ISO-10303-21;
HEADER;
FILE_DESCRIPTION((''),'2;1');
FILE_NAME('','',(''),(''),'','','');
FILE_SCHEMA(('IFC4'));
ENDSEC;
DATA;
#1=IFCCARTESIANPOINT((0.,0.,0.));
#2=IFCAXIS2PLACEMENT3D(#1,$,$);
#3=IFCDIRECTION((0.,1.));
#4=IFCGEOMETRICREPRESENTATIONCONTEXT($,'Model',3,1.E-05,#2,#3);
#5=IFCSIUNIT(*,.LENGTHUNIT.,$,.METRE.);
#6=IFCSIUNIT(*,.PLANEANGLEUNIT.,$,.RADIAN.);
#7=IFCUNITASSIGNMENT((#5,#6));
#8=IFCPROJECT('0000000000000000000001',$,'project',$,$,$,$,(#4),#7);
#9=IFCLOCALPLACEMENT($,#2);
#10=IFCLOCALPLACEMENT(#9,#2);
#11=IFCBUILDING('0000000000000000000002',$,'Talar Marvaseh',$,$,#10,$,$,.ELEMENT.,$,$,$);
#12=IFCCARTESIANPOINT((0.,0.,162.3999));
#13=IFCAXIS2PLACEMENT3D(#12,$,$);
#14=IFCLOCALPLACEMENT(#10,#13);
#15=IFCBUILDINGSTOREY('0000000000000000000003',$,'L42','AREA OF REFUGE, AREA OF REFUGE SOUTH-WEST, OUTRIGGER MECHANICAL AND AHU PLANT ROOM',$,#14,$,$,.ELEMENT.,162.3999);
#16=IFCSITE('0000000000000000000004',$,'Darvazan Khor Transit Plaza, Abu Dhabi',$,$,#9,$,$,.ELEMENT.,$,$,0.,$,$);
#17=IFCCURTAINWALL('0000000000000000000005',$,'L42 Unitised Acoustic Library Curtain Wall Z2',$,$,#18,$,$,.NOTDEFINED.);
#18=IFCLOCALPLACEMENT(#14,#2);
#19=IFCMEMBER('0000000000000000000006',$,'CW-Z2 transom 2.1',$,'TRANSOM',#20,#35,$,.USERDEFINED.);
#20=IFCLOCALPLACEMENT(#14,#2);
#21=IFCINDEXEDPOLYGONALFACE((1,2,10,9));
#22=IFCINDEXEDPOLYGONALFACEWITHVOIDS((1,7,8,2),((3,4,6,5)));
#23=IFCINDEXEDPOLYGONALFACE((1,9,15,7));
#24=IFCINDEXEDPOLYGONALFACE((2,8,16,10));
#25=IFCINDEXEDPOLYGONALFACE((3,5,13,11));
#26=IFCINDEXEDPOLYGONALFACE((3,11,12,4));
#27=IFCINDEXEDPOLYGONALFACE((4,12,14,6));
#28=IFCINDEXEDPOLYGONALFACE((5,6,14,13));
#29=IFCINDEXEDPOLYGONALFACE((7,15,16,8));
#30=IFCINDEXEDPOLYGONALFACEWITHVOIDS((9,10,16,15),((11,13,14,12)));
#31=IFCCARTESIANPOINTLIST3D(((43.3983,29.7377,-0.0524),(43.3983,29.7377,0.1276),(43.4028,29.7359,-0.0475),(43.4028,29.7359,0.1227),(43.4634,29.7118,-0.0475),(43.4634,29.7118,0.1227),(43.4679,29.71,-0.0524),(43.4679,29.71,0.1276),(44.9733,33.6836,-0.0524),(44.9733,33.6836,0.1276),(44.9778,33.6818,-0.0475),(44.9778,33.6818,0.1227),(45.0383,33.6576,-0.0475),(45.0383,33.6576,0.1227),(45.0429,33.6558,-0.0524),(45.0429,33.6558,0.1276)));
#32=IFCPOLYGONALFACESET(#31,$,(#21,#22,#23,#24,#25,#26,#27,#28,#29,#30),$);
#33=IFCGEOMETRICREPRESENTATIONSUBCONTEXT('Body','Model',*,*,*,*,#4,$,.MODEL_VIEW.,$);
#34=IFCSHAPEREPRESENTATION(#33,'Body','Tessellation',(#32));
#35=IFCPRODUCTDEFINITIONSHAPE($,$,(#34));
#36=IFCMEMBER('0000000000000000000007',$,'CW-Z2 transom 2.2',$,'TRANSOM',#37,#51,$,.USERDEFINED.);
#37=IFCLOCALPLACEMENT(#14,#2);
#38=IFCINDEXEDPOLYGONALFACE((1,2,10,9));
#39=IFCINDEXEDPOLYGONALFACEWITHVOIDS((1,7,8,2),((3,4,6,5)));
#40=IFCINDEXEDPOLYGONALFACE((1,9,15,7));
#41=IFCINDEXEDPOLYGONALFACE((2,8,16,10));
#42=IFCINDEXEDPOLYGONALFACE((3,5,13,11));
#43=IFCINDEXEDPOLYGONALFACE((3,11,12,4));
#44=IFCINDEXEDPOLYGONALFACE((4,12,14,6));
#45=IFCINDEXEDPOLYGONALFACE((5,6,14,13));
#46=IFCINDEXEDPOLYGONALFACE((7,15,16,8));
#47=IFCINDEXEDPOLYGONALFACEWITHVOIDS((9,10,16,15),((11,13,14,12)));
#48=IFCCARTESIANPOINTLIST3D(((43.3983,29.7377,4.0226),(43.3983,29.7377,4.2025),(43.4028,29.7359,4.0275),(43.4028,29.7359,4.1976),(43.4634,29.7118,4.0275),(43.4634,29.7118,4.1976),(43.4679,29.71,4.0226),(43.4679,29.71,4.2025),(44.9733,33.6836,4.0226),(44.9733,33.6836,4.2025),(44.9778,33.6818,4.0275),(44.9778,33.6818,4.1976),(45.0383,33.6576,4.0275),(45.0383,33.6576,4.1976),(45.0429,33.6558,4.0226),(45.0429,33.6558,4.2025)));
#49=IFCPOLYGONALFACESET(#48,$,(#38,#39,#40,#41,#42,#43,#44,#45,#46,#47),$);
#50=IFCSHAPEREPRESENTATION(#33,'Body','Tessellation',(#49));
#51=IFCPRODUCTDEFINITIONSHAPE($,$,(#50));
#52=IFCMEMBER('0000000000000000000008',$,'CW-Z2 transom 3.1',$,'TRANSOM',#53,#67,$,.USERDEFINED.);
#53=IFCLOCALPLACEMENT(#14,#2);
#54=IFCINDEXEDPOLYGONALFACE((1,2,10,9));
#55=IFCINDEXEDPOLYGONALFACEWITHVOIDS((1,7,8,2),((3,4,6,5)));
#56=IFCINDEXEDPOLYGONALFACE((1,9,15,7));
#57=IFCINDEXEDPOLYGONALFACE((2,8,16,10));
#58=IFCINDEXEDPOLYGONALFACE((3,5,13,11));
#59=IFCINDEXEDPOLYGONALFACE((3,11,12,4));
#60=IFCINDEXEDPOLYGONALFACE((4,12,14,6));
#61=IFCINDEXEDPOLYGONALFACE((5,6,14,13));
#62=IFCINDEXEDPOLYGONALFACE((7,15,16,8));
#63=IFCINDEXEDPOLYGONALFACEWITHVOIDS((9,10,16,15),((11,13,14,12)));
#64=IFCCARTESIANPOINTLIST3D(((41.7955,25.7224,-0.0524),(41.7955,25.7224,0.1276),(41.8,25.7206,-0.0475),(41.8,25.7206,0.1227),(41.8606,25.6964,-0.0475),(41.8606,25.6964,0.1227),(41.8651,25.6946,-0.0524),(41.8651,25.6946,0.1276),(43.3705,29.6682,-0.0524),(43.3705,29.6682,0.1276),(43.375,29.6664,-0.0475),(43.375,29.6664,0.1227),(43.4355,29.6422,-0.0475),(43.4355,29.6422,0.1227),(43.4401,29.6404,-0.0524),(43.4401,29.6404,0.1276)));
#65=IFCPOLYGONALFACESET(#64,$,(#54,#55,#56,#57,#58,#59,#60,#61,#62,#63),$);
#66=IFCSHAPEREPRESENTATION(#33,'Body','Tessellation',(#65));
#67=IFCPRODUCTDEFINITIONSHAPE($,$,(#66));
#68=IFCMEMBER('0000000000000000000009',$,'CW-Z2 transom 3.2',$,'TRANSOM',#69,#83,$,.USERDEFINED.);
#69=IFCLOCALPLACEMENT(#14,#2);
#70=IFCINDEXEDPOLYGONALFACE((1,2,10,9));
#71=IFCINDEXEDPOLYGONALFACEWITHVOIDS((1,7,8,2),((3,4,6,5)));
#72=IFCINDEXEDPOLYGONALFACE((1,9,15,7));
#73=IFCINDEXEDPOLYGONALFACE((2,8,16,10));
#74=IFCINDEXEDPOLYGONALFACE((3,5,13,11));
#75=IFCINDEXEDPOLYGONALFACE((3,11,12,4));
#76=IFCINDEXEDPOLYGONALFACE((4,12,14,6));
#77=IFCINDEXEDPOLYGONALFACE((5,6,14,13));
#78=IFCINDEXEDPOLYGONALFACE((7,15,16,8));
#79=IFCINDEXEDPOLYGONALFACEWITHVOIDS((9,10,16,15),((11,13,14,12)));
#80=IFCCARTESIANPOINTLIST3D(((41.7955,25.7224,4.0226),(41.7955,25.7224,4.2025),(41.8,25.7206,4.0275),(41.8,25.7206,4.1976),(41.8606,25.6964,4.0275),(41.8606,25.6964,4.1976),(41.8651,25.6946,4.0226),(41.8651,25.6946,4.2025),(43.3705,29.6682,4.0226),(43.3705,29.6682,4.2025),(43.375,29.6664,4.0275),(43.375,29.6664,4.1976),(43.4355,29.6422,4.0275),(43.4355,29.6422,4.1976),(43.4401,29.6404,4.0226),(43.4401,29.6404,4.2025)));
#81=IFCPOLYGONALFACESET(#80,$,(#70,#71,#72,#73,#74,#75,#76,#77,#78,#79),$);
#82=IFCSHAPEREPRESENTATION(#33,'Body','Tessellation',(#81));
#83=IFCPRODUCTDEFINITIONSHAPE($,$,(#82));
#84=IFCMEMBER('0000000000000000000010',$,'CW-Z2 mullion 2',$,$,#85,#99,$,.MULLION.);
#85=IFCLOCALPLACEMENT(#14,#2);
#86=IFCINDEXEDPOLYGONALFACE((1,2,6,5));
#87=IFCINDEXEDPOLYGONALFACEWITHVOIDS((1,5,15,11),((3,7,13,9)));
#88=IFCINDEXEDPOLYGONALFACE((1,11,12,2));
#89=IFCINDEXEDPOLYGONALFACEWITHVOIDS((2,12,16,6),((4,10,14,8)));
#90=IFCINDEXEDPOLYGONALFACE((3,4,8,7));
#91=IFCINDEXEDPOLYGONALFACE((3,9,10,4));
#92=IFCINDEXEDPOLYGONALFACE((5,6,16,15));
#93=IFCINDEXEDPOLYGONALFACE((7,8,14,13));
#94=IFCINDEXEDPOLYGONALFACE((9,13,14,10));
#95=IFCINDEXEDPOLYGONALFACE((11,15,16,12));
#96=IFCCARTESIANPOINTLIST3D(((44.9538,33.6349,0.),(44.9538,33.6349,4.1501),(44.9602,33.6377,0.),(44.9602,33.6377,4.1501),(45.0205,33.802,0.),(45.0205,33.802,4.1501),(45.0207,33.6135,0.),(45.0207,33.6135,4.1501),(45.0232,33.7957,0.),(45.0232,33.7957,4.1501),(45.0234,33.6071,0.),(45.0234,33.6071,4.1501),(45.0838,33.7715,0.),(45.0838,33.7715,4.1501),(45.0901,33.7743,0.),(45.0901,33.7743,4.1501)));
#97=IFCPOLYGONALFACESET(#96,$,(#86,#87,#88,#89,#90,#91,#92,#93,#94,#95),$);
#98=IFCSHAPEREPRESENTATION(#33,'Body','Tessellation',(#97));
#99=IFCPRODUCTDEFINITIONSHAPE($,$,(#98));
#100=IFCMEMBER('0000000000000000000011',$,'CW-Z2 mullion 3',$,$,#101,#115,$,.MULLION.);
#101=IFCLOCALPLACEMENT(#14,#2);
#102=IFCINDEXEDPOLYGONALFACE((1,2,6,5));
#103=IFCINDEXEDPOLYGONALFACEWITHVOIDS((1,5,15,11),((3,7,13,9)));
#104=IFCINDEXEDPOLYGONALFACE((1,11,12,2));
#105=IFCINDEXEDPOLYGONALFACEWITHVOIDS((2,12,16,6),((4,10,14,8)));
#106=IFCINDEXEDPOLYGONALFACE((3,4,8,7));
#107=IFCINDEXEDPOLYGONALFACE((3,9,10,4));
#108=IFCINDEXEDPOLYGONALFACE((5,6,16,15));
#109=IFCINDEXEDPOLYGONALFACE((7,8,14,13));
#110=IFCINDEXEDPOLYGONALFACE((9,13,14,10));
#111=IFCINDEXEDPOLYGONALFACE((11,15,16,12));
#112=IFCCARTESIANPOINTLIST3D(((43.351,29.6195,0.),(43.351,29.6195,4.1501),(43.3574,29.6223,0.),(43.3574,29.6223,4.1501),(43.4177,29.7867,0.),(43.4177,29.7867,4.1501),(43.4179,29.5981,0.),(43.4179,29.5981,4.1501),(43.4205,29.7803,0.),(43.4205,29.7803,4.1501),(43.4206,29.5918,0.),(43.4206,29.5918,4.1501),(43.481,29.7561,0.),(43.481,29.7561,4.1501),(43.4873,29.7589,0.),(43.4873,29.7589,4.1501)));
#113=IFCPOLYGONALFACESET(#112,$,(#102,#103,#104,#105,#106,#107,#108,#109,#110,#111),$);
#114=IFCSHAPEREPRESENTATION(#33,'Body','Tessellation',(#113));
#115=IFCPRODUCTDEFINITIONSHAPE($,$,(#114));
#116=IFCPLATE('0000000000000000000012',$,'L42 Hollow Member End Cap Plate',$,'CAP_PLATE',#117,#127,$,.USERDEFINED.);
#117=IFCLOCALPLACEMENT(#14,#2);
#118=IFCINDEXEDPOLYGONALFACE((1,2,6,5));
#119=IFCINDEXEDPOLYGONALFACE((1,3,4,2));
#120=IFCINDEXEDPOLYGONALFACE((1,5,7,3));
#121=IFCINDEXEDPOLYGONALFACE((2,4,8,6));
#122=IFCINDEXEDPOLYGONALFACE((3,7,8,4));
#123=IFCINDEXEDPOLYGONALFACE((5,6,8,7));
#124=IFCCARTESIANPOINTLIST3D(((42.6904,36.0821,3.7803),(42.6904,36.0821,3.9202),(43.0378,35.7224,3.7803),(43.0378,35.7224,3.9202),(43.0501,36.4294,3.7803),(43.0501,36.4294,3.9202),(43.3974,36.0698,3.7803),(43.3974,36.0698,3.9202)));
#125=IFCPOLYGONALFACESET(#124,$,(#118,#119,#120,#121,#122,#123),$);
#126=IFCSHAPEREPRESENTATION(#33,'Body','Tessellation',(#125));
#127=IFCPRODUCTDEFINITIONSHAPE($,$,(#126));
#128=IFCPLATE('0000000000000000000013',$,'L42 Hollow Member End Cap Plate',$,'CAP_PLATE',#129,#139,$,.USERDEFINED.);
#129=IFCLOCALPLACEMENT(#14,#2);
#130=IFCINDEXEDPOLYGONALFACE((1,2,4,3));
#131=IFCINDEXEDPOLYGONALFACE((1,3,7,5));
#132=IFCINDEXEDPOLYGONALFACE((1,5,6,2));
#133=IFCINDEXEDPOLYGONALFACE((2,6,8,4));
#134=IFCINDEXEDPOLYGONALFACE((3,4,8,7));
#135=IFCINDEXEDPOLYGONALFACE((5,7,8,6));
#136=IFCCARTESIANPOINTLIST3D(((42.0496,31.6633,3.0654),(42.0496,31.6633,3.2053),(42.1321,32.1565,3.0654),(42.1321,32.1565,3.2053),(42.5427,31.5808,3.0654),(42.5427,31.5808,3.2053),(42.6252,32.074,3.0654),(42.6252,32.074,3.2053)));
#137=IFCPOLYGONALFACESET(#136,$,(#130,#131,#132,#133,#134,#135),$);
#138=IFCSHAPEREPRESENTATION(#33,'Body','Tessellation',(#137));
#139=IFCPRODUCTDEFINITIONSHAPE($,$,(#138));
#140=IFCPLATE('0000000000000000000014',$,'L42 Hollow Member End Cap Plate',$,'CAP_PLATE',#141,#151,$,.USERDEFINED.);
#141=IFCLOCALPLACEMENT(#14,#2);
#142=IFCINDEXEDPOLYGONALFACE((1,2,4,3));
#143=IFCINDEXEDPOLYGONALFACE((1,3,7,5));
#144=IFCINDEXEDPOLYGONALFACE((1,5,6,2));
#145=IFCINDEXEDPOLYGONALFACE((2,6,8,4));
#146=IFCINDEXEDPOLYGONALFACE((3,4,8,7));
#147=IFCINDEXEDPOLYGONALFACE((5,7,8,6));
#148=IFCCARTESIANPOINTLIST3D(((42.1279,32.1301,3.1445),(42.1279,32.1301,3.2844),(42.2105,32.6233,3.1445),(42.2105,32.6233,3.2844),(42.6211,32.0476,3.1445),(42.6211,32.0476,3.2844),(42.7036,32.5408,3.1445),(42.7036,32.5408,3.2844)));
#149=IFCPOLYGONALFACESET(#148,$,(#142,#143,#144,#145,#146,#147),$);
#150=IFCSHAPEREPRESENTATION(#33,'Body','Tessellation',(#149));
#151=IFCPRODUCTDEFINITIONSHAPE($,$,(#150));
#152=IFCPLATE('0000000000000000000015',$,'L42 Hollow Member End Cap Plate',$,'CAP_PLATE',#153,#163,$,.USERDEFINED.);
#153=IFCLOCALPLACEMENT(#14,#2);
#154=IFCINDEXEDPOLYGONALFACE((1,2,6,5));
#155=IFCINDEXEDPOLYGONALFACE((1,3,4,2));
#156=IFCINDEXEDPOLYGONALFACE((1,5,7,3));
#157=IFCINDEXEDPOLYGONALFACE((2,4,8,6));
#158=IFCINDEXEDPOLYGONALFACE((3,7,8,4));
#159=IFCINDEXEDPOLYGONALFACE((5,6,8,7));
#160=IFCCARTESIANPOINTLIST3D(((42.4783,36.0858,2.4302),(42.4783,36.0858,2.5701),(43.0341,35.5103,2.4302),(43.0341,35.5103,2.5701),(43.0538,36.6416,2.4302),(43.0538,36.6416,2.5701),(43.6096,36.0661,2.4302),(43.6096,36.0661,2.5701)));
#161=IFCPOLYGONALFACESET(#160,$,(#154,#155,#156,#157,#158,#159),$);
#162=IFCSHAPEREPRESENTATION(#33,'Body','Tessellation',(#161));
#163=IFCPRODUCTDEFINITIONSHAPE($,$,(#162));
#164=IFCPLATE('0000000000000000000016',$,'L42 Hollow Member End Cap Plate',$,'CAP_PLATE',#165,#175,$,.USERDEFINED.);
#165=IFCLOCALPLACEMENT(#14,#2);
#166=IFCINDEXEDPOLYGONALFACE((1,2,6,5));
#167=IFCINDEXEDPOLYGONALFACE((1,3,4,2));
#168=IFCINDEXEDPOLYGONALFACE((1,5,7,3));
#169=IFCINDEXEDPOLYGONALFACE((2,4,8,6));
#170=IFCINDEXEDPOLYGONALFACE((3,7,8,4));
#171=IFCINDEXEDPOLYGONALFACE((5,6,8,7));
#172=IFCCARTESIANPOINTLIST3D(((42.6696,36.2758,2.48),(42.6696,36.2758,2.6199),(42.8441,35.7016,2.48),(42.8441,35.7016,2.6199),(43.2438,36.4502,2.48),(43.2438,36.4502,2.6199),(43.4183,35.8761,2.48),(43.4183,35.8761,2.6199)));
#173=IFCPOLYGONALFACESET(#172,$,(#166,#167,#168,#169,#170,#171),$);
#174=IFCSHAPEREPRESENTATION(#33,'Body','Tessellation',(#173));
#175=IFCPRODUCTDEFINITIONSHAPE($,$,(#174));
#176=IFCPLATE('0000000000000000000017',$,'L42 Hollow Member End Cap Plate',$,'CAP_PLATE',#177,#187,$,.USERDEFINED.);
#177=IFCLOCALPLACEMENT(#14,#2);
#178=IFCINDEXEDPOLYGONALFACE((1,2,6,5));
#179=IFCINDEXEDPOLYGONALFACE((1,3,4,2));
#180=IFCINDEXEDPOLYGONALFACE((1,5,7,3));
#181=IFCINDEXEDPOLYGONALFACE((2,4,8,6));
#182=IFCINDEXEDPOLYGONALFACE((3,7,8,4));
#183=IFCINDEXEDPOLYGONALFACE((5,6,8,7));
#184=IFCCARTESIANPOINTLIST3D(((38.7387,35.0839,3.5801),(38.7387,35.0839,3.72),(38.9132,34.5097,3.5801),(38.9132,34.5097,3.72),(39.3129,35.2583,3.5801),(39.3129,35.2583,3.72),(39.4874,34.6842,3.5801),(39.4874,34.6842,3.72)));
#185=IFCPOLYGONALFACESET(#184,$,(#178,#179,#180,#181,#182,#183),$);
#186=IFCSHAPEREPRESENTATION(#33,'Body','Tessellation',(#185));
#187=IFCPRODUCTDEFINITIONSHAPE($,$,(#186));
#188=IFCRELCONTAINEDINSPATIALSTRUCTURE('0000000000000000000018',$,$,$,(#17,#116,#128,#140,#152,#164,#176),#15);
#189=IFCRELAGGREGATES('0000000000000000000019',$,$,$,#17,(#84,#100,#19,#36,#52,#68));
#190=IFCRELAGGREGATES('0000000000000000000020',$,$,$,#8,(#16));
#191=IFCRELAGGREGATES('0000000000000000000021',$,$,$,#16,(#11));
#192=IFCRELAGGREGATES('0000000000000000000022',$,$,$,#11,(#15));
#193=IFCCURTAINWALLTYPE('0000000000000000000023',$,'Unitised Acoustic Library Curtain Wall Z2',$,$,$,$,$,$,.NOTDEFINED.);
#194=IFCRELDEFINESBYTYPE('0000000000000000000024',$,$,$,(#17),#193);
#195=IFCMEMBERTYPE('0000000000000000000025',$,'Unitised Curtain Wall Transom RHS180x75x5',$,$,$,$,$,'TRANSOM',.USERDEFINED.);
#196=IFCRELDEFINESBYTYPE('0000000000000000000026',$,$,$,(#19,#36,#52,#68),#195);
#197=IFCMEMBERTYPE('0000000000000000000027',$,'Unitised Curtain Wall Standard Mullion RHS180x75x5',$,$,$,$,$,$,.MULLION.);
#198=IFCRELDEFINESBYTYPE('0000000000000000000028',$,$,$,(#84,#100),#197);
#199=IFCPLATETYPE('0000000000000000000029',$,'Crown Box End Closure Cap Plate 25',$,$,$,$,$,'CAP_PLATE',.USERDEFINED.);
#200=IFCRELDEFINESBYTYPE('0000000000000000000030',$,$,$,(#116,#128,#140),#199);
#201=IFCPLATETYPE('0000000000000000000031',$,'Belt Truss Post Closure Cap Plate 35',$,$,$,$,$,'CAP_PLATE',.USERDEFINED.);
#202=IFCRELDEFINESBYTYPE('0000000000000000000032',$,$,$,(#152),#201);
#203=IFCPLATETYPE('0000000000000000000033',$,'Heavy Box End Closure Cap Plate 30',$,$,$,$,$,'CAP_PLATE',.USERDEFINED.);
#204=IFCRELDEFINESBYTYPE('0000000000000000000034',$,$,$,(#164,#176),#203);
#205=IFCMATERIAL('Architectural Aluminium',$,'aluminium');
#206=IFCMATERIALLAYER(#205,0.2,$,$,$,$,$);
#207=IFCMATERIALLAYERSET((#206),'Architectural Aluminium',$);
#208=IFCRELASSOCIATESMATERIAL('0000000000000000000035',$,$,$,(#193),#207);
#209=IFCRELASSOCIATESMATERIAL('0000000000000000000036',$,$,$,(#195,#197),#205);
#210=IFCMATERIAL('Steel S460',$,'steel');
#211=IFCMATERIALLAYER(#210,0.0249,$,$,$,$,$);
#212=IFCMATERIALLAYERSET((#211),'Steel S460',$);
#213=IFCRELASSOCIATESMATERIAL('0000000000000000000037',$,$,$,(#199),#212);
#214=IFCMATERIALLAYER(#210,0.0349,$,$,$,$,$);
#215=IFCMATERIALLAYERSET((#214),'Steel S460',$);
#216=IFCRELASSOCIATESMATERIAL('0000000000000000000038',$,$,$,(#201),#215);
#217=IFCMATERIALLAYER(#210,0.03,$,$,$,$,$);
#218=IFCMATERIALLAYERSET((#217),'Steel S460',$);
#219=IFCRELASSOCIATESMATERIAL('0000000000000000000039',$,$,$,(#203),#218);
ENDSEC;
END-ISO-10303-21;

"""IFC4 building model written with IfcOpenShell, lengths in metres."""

from ifc_helpers import new_model, si_unit, direction, frame, origin, origin_2d, place, context, subcontext, project, spatial, rectangle, hollow_rectangle, extrude, source, transform, mapped, material, layer, layer_set, material_profile, profile_set, type_object, type_shapes, element, aggregate, save


model = new_model("IFC4")

# Units and contexts
model_context = context("Model", 3, precision=1e-05, world=origin(), true_north=direction((0.0, 1.0)))
body_context = subcontext(model_context, "Body", "Model", "MODEL_VIEW")
ifc_project = project(units=[si_unit("LENGTHUNIT", "METRE"), si_unit("PLANEANGLEUNIT", "RADIAN")], contexts=[model_context])

# Site, building, storey
site_placement = place(None, origin())
site = spatial("IfcSite", under=ifc_project, at=site_placement, Name="Darvazan Khor Transit Plaza, Abu Dhabi", CompositionType="ELEMENT", RefElevation=0.0)
building_placement = place(site_placement, origin())
building = spatial("IfcBuilding", under=site, at=building_placement, Name="Talar Marvaseh", CompositionType="ELEMENT")
storey_placement = place(building_placement, frame((0.0, 0.0, 162.3999)))
storey = spatial("IfcBuildingStorey", under=building, at=storey_placement, Name="L42", Description="AREA OF REFUGE, AREA OF REFUGE SOUTH-WEST, OUTRIGGER MECHANICAL AND AHU PLANT ROOM", CompositionType="ELEMENT", Elevation=162.3999)

# Shared definitions
ifc_material_1 = material(Name="Steel S460", Category="steel")

# Curtain wall, members
ifc_material_2 = material(Name="Architectural Aluminium", Category="aluminium")
ifc_layer_1 = layer(ifc_material_2, 0.2)
ifc_layer_set_1 = layer_set([ifc_layer_1], Name="Architectural Aluminium")
curtain_wall_type = type_object("IfcCurtainWallType", Name="Unitised Acoustic Library Curtain Wall Z2", PredefinedType="NOTDEFINED", material=ifc_layer_set_1)
curtain_wall_placement = place(storey_placement, origin())
curtain_wall = element("IfcCurtainWall", 1, at=curtain_wall_placement, inside=storey, type_object=curtain_wall_type, Name="L42 Unitised Acoustic Library Curtain Wall Z2", PredefinedType="NOTDEFINED")
ifc_material_profile_1 = material_profile(ifc_material_2, hollow_rectangle(XDim=0.075, YDim=0.1799, WallThickness=0.0049, at=origin_2d()), Name="RHS180x75x5")
ifc_profile_set_1 = profile_set([ifc_material_profile_1], Name="Architectural Aluminium")
member_type_1 = type_object("IfcMemberType", Name="Unitised Curtain Wall Transom RHS180x75x5", ElementType="TRANSOM", PredefinedType="USERDEFINED", material=ifc_profile_set_1)
shared_shape_1 = source(origin(), body_context, "Body", "SweptSolid", [
    extrude(hollow_rectangle(XDim=0.075, YDim=0.1799, WallThickness=0.0049, at=origin_2d()), origin(), (0.0, 0.0, 1.0), 4.2485),
])
type_shapes(member_type_1, [shared_shape_1])
member_1_placement = place(storey_placement, frame((45.0081, 33.6697, 0.0376), z_axis=(-0.370707, -0.92875, 0.0), x_axis=(0.92875, -0.370707, 0.0)))
member_1 = element("IfcMember", 2, at=member_1_placement, type_object=member_type_1, Name="CW-Z2 transom 2.1", ObjectType="TRANSOM", PredefinedType="USERDEFINED", context=body_context, shape_type="MappedRepresentation", body=[
    mapped(shared_shape_1, transform((0.0, 0.0, 0.0), x_axis=(1.0, 0.0, 0.0), y_axis=(0.0, 1.0, 0.0), z_axis=(0.0, 0.0, 1.0), scale=1.0)),
])
member_2_placement = place(storey_placement, frame((45.0081, 33.6697, 4.1125), z_axis=(-0.370707, -0.92875, 0.0), x_axis=(0.92875, -0.370707, 0.0)))
member_2 = element("IfcMember", 3, at=member_2_placement, type_object=member_type_1, Name="CW-Z2 transom 2.2", ObjectType="TRANSOM", PredefinedType="USERDEFINED", context=body_context, shape_type="MappedRepresentation", body=[
    mapped(shared_shape_1, transform((0.0, 0.0, 0.0), x_axis=(1.0, 0.0, 0.0), y_axis=(0.0, 1.0, 0.0), z_axis=(0.0, 0.0, 1.0), scale=1.0)),
])
member_3_placement = place(storey_placement, frame((43.4053, 29.6543, 0.0376), z_axis=(-0.370707, -0.92875, 0.0), x_axis=(0.92875, -0.370707, 0.0)))
member_3 = element("IfcMember", 4, at=member_3_placement, type_object=member_type_1, Name="CW-Z2 transom 3.1", ObjectType="TRANSOM", PredefinedType="USERDEFINED", context=body_context, shape_type="MappedRepresentation", body=[
    mapped(shared_shape_1, transform((0.0, 0.0, 0.0), x_axis=(1.0, 0.0, 0.0), y_axis=(0.0, 1.0, 0.0), z_axis=(0.0, 0.0, 1.0), scale=1.0)),
])
member_4_placement = place(storey_placement, frame((43.4053, 29.6543, 4.1125), z_axis=(-0.370707, -0.92875, 0.0), x_axis=(0.92875, -0.370707, 0.0)))
member_4 = element("IfcMember", 5, at=member_4_placement, type_object=member_type_1, Name="CW-Z2 transom 3.2", ObjectType="TRANSOM", PredefinedType="USERDEFINED", context=body_context, shape_type="MappedRepresentation", body=[
    mapped(shared_shape_1, transform((0.0, 0.0, 0.0), x_axis=(1.0, 0.0, 0.0), y_axis=(0.0, 1.0, 0.0), z_axis=(0.0, 0.0, 1.0), scale=1.0)),
])
ifc_material_profile_2 = material_profile(ifc_material_2, hollow_rectangle(XDim=0.075, YDim=0.1799, WallThickness=0.0049, at=origin_2d()), Name="RHS180x75x5")
ifc_profile_set_2 = profile_set([ifc_material_profile_2], Name="Architectural Aluminium")
member_type_2 = type_object("IfcMemberType", Name="Unitised Curtain Wall Standard Mullion RHS180x75x5", PredefinedType="MULLION", material=ifc_profile_set_2)
shared_shape_2 = source(origin(), body_context, "Body", "SweptSolid", [
    extrude(hollow_rectangle(XDim=0.075, YDim=0.1799, WallThickness=0.0049, at=origin_2d()), origin(), (0.0, 0.0, 1.0), 4.1501),
])
type_shapes(member_type_2, [shared_shape_2])
member_5_placement = place(storey_placement, frame((45.022, 33.7046, 0.0), z_axis=(0.0, 0.0, 1.0), x_axis=(0.928752, -0.370702, 0.0)))
member_5 = element("IfcMember", 6, at=member_5_placement, type_object=member_type_2, Name="CW-Z2 mullion 2", PredefinedType="MULLION", context=body_context, shape_type="MappedRepresentation", body=[
    mapped(shared_shape_2, transform((0.0, 0.0, 0.0), x_axis=(1.0, 0.0, 0.0), y_axis=(0.0, 1.0, 0.0), z_axis=(0.0, 0.0, 1.0), scale=1.0)),
])
member_6_placement = place(storey_placement, frame((43.4192, 29.6892, 0.0), z_axis=(0.0, 0.0, 1.0), x_axis=(0.928752, -0.370702, 0.0)))
member_6 = element("IfcMember", 7, at=member_6_placement, type_object=member_type_2, Name="CW-Z2 mullion 3", PredefinedType="MULLION", context=body_context, shape_type="MappedRepresentation", body=[
    mapped(shared_shape_2, transform((0.0, 0.0, 0.0), x_axis=(1.0, 0.0, 0.0), y_axis=(0.0, 1.0, 0.0), z_axis=(0.0, 0.0, 1.0), scale=1.0)),
])

# Plates
ifc_layer_2 = layer(ifc_material_1, 0.0249)
ifc_layer_set_2 = layer_set([ifc_layer_2], Name="Steel S460")
plate_type_1 = type_object("IfcPlateType", Name="Crown Box End Closure Cap Plate 25", ElementType="CAP_PLATE", PredefinedType="USERDEFINED", material=ifc_layer_set_2)
shared_shape_3 = source(origin(), body_context, "Body", "SweptSolid", [
    extrude(rectangle(XDim=0.5, YDim=0.5, at=origin_2d()), origin(), (0.0, 0.0, 1.0), 0.1399),
])
type_shapes(plate_type_1, [shared_shape_3])
for number, where, z_axis, x_axis, name in (
    (8, (43.0439, 36.0759, 3.7803), (0.0, 0.0, 1.0), (0.694658, -0.71934, 0.0), "L42 Hollow Member End Cap Plate"),
    (9, (42.3374, 31.8687, 3.0654), (0.0, 0.0, 1.0), (0.165048, 0.986286, 0.0), "L42 Hollow Member End Cap Plate"),
    (10, (42.4158, 32.3354, 3.1445), (0.0, 0.0, 1.0), (0.165048, 0.986286, 0.0), "L42 Hollow Member End Cap Plate"),
):
    element("IfcPlate", number, at=place(storey_placement, frame(where, z_axis=z_axis, x_axis=x_axis)), inside=storey, type_object=plate_type_1, Name=name, ObjectType="CAP_PLATE", PredefinedType="USERDEFINED", context=body_context, shape_type="MappedRepresentation", body=[
        mapped(shared_shape_3, transform((0.0, 0.0, 0.0), x_axis=(1.0, 0.0, 0.0), y_axis=(0.0, 1.0, 0.0), z_axis=(0.0, 0.0, 1.0), scale=1.0)),
    ])
ifc_layer_3 = layer(ifc_material_1, 0.0349)
ifc_layer_set_3 = layer_set([ifc_layer_3], Name="Steel S460")
plate_type_2 = type_object("IfcPlateType", Name="Belt Truss Post Closure Cap Plate 35", ElementType="CAP_PLATE", PredefinedType="USERDEFINED", material=ifc_layer_set_3)
shared_shape_4 = source(origin(), body_context, "Body", "SweptSolid", [
    extrude(rectangle(XDim=0.8, YDim=0.8, at=origin_2d()), origin(), (0.0, 0.0, 1.0), 0.1399),
])
plate_1_placement = place(storey_placement, frame((43.0439, 36.0759, 2.4302), z_axis=(0.0, 0.0, 1.0), x_axis=(0.694658, -0.71934, 0.0)))
element("IfcPlate", 11, at=plate_1_placement, inside=storey, type_object=plate_type_2, Name="L42 Hollow Member End Cap Plate", ObjectType="CAP_PLATE", PredefinedType="USERDEFINED", context=body_context, shape_type="MappedRepresentation", body=[
    mapped(shared_shape_4, transform((0.0, 0.0, 0.0), x_axis=(1.0, 0.0, 0.0), y_axis=(0.0, 1.0, 0.0), z_axis=(0.0, 0.0, 1.0), scale=1.0)),
])
ifc_layer_4 = layer(ifc_material_1, 0.03)
ifc_layer_set_4 = layer_set([ifc_layer_4], Name="Steel S460")
plate_type_3 = type_object("IfcPlateType", Name="Heavy Box End Closure Cap Plate 30", ElementType="CAP_PLATE", PredefinedType="USERDEFINED", material=ifc_layer_set_4)
shared_shape_5 = source(origin(), body_context, "Body", "SweptSolid", [
    extrude(rectangle(XDim=0.6001, YDim=0.6001, at=origin_2d()), origin(), (0.0, 0.0, 1.0), 0.1399),
])
type_shapes(plate_type_3, [shared_shape_5])
for number, where, z_axis, x_axis, name in (
    (12, (43.0439, 36.0759, 2.48), (0.0, 0.0, 1.0), (-0.956814, -0.290702, 0.0), "L42 Hollow Member End Cap Plate"),
    (13, (39.113, 34.884, 3.5801), (0.0, 0.0, 1.0), (-0.956814, -0.290702, 0.0), "L42 Hollow Member End Cap Plate"),
):
    element("IfcPlate", number, at=place(storey_placement, frame(where, z_axis=z_axis, x_axis=x_axis)), inside=storey, type_object=plate_type_3, Name=name, ObjectType="CAP_PLATE", PredefinedType="USERDEFINED", context=body_context, shape_type="MappedRepresentation", body=[
        mapped(shared_shape_5, transform((0.0, 0.0, 0.0), x_axis=(1.0, 0.0, 0.0), y_axis=(0.0, 1.0, 0.0), z_axis=(0.0, 0.0, 1.0), scale=1.0)),
    ])

aggregate(curtain_wall, [member_5, member_6, member_1, member_2, member_3, member_4])

save(model, "model.ifc")
